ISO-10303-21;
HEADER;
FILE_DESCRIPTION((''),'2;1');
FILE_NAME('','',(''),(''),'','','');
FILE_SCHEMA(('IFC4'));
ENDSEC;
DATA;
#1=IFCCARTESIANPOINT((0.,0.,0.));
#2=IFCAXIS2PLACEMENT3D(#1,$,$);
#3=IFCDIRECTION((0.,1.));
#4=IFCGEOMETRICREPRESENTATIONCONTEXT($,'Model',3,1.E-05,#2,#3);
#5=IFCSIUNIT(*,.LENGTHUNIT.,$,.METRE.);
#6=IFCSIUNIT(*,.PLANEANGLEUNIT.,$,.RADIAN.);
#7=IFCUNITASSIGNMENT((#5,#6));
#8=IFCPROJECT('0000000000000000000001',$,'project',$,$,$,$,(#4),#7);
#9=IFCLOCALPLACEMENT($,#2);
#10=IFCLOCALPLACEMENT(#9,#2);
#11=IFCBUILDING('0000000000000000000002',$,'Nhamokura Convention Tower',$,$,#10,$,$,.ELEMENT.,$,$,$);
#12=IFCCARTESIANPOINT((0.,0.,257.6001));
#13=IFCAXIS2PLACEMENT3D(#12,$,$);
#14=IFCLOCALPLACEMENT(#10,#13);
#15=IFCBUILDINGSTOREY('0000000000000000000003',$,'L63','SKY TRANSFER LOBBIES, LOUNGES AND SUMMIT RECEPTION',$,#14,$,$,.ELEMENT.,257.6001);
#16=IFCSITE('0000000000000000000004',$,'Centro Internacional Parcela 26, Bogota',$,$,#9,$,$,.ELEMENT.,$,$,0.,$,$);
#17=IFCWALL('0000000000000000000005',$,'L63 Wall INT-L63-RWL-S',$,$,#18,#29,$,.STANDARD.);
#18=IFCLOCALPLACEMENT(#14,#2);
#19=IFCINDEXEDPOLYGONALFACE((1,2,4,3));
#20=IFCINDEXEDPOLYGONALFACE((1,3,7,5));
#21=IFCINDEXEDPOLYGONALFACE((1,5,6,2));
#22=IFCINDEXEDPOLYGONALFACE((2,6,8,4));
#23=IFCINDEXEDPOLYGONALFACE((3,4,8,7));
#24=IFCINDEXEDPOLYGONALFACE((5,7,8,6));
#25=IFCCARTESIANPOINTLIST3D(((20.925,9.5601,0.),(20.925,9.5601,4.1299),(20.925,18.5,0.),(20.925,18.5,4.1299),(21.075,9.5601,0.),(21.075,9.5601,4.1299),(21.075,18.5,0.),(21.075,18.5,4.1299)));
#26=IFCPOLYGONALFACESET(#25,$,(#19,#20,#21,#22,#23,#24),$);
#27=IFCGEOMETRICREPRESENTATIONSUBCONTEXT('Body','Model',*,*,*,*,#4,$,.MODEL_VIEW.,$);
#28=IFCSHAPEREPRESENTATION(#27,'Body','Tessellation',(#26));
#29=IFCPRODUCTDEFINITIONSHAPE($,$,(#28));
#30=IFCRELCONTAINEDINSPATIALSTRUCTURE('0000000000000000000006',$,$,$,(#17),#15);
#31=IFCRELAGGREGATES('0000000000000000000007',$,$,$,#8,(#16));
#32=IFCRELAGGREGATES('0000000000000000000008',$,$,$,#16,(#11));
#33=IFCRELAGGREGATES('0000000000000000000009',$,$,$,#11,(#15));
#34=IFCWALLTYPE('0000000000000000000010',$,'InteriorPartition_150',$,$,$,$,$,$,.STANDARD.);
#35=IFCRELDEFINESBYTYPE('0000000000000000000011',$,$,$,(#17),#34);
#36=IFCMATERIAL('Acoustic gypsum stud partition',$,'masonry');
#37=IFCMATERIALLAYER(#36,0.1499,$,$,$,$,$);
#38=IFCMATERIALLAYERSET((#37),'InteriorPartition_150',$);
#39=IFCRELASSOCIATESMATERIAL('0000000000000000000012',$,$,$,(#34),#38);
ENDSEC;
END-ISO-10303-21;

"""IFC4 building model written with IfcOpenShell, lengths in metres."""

from ifc_helpers import new_model, si_unit, direction, frame, frame_2d, origin, place, context, subcontext, project, spatial, rectangle, extrude, material, layer, layer_set, type_object, element, save


model = new_model("IFC4")

# Units and contexts
model_context = context("Model", 3, precision=1e-05, world=origin(), true_north=direction((0.0, 1.0)))
body_context = subcontext(model_context, "Body", "Model", "MODEL_VIEW")
ifc_project = project(units=[si_unit("LENGTHUNIT", "METRE"), si_unit("PLANEANGLEUNIT", "RADIAN")], contexts=[model_context])

# Site, building, storey
site_placement = place(None, origin())
site = spatial("IfcSite", under=ifc_project, at=site_placement, Name="Centro Internacional Parcela 26, Bogota", CompositionType="ELEMENT", RefElevation=0.0)
building_placement = place(site_placement, origin())
building = spatial("IfcBuilding", under=site, at=building_placement, Name="Nhamokura Convention Tower", CompositionType="ELEMENT")
storey_placement = place(building_placement, frame((0.0, 0.0, 257.6001)))
storey = spatial("IfcBuildingStorey", under=building, at=storey_placement, Name="L63", Description="SKY TRANSFER LOBBIES, LOUNGES AND SUMMIT RECEPTION", CompositionType="ELEMENT", Elevation=257.6001)

# Wall
ifc_material_1 = material(Name="Acoustic gypsum stud partition", Category="masonry")
ifc_layer_1 = layer(ifc_material_1, 0.1499)
ifc_layer_set_1 = layer_set([ifc_layer_1], Name="InteriorPartition_150")
wall_type_1 = type_object("IfcWallType", Name="InteriorPartition_150", PredefinedType="STANDARD", material=ifc_layer_set_1)
wall_1_placement = place(storey_placement, frame((21.0, 9.5601, 0.0), z_axis=(0.0, 0.0, 1.0), x_axis=(0.0, 1.0, 0.0)))
element("IfcWall", 1, at=wall_1_placement, inside=storey, type_object=wall_type_1, Name="L63 Wall INT-L63-RWL-S", PredefinedType="STANDARD", context=body_context, shape_type="SweptSolid", body=[
    extrude(rectangle(XDim=8.9399, YDim=0.1499, at=frame_2d((4.47, 0.0))), origin(), (0.0, 0.0, 1.0), 4.1299),
])

save(model, "model.ifc")
